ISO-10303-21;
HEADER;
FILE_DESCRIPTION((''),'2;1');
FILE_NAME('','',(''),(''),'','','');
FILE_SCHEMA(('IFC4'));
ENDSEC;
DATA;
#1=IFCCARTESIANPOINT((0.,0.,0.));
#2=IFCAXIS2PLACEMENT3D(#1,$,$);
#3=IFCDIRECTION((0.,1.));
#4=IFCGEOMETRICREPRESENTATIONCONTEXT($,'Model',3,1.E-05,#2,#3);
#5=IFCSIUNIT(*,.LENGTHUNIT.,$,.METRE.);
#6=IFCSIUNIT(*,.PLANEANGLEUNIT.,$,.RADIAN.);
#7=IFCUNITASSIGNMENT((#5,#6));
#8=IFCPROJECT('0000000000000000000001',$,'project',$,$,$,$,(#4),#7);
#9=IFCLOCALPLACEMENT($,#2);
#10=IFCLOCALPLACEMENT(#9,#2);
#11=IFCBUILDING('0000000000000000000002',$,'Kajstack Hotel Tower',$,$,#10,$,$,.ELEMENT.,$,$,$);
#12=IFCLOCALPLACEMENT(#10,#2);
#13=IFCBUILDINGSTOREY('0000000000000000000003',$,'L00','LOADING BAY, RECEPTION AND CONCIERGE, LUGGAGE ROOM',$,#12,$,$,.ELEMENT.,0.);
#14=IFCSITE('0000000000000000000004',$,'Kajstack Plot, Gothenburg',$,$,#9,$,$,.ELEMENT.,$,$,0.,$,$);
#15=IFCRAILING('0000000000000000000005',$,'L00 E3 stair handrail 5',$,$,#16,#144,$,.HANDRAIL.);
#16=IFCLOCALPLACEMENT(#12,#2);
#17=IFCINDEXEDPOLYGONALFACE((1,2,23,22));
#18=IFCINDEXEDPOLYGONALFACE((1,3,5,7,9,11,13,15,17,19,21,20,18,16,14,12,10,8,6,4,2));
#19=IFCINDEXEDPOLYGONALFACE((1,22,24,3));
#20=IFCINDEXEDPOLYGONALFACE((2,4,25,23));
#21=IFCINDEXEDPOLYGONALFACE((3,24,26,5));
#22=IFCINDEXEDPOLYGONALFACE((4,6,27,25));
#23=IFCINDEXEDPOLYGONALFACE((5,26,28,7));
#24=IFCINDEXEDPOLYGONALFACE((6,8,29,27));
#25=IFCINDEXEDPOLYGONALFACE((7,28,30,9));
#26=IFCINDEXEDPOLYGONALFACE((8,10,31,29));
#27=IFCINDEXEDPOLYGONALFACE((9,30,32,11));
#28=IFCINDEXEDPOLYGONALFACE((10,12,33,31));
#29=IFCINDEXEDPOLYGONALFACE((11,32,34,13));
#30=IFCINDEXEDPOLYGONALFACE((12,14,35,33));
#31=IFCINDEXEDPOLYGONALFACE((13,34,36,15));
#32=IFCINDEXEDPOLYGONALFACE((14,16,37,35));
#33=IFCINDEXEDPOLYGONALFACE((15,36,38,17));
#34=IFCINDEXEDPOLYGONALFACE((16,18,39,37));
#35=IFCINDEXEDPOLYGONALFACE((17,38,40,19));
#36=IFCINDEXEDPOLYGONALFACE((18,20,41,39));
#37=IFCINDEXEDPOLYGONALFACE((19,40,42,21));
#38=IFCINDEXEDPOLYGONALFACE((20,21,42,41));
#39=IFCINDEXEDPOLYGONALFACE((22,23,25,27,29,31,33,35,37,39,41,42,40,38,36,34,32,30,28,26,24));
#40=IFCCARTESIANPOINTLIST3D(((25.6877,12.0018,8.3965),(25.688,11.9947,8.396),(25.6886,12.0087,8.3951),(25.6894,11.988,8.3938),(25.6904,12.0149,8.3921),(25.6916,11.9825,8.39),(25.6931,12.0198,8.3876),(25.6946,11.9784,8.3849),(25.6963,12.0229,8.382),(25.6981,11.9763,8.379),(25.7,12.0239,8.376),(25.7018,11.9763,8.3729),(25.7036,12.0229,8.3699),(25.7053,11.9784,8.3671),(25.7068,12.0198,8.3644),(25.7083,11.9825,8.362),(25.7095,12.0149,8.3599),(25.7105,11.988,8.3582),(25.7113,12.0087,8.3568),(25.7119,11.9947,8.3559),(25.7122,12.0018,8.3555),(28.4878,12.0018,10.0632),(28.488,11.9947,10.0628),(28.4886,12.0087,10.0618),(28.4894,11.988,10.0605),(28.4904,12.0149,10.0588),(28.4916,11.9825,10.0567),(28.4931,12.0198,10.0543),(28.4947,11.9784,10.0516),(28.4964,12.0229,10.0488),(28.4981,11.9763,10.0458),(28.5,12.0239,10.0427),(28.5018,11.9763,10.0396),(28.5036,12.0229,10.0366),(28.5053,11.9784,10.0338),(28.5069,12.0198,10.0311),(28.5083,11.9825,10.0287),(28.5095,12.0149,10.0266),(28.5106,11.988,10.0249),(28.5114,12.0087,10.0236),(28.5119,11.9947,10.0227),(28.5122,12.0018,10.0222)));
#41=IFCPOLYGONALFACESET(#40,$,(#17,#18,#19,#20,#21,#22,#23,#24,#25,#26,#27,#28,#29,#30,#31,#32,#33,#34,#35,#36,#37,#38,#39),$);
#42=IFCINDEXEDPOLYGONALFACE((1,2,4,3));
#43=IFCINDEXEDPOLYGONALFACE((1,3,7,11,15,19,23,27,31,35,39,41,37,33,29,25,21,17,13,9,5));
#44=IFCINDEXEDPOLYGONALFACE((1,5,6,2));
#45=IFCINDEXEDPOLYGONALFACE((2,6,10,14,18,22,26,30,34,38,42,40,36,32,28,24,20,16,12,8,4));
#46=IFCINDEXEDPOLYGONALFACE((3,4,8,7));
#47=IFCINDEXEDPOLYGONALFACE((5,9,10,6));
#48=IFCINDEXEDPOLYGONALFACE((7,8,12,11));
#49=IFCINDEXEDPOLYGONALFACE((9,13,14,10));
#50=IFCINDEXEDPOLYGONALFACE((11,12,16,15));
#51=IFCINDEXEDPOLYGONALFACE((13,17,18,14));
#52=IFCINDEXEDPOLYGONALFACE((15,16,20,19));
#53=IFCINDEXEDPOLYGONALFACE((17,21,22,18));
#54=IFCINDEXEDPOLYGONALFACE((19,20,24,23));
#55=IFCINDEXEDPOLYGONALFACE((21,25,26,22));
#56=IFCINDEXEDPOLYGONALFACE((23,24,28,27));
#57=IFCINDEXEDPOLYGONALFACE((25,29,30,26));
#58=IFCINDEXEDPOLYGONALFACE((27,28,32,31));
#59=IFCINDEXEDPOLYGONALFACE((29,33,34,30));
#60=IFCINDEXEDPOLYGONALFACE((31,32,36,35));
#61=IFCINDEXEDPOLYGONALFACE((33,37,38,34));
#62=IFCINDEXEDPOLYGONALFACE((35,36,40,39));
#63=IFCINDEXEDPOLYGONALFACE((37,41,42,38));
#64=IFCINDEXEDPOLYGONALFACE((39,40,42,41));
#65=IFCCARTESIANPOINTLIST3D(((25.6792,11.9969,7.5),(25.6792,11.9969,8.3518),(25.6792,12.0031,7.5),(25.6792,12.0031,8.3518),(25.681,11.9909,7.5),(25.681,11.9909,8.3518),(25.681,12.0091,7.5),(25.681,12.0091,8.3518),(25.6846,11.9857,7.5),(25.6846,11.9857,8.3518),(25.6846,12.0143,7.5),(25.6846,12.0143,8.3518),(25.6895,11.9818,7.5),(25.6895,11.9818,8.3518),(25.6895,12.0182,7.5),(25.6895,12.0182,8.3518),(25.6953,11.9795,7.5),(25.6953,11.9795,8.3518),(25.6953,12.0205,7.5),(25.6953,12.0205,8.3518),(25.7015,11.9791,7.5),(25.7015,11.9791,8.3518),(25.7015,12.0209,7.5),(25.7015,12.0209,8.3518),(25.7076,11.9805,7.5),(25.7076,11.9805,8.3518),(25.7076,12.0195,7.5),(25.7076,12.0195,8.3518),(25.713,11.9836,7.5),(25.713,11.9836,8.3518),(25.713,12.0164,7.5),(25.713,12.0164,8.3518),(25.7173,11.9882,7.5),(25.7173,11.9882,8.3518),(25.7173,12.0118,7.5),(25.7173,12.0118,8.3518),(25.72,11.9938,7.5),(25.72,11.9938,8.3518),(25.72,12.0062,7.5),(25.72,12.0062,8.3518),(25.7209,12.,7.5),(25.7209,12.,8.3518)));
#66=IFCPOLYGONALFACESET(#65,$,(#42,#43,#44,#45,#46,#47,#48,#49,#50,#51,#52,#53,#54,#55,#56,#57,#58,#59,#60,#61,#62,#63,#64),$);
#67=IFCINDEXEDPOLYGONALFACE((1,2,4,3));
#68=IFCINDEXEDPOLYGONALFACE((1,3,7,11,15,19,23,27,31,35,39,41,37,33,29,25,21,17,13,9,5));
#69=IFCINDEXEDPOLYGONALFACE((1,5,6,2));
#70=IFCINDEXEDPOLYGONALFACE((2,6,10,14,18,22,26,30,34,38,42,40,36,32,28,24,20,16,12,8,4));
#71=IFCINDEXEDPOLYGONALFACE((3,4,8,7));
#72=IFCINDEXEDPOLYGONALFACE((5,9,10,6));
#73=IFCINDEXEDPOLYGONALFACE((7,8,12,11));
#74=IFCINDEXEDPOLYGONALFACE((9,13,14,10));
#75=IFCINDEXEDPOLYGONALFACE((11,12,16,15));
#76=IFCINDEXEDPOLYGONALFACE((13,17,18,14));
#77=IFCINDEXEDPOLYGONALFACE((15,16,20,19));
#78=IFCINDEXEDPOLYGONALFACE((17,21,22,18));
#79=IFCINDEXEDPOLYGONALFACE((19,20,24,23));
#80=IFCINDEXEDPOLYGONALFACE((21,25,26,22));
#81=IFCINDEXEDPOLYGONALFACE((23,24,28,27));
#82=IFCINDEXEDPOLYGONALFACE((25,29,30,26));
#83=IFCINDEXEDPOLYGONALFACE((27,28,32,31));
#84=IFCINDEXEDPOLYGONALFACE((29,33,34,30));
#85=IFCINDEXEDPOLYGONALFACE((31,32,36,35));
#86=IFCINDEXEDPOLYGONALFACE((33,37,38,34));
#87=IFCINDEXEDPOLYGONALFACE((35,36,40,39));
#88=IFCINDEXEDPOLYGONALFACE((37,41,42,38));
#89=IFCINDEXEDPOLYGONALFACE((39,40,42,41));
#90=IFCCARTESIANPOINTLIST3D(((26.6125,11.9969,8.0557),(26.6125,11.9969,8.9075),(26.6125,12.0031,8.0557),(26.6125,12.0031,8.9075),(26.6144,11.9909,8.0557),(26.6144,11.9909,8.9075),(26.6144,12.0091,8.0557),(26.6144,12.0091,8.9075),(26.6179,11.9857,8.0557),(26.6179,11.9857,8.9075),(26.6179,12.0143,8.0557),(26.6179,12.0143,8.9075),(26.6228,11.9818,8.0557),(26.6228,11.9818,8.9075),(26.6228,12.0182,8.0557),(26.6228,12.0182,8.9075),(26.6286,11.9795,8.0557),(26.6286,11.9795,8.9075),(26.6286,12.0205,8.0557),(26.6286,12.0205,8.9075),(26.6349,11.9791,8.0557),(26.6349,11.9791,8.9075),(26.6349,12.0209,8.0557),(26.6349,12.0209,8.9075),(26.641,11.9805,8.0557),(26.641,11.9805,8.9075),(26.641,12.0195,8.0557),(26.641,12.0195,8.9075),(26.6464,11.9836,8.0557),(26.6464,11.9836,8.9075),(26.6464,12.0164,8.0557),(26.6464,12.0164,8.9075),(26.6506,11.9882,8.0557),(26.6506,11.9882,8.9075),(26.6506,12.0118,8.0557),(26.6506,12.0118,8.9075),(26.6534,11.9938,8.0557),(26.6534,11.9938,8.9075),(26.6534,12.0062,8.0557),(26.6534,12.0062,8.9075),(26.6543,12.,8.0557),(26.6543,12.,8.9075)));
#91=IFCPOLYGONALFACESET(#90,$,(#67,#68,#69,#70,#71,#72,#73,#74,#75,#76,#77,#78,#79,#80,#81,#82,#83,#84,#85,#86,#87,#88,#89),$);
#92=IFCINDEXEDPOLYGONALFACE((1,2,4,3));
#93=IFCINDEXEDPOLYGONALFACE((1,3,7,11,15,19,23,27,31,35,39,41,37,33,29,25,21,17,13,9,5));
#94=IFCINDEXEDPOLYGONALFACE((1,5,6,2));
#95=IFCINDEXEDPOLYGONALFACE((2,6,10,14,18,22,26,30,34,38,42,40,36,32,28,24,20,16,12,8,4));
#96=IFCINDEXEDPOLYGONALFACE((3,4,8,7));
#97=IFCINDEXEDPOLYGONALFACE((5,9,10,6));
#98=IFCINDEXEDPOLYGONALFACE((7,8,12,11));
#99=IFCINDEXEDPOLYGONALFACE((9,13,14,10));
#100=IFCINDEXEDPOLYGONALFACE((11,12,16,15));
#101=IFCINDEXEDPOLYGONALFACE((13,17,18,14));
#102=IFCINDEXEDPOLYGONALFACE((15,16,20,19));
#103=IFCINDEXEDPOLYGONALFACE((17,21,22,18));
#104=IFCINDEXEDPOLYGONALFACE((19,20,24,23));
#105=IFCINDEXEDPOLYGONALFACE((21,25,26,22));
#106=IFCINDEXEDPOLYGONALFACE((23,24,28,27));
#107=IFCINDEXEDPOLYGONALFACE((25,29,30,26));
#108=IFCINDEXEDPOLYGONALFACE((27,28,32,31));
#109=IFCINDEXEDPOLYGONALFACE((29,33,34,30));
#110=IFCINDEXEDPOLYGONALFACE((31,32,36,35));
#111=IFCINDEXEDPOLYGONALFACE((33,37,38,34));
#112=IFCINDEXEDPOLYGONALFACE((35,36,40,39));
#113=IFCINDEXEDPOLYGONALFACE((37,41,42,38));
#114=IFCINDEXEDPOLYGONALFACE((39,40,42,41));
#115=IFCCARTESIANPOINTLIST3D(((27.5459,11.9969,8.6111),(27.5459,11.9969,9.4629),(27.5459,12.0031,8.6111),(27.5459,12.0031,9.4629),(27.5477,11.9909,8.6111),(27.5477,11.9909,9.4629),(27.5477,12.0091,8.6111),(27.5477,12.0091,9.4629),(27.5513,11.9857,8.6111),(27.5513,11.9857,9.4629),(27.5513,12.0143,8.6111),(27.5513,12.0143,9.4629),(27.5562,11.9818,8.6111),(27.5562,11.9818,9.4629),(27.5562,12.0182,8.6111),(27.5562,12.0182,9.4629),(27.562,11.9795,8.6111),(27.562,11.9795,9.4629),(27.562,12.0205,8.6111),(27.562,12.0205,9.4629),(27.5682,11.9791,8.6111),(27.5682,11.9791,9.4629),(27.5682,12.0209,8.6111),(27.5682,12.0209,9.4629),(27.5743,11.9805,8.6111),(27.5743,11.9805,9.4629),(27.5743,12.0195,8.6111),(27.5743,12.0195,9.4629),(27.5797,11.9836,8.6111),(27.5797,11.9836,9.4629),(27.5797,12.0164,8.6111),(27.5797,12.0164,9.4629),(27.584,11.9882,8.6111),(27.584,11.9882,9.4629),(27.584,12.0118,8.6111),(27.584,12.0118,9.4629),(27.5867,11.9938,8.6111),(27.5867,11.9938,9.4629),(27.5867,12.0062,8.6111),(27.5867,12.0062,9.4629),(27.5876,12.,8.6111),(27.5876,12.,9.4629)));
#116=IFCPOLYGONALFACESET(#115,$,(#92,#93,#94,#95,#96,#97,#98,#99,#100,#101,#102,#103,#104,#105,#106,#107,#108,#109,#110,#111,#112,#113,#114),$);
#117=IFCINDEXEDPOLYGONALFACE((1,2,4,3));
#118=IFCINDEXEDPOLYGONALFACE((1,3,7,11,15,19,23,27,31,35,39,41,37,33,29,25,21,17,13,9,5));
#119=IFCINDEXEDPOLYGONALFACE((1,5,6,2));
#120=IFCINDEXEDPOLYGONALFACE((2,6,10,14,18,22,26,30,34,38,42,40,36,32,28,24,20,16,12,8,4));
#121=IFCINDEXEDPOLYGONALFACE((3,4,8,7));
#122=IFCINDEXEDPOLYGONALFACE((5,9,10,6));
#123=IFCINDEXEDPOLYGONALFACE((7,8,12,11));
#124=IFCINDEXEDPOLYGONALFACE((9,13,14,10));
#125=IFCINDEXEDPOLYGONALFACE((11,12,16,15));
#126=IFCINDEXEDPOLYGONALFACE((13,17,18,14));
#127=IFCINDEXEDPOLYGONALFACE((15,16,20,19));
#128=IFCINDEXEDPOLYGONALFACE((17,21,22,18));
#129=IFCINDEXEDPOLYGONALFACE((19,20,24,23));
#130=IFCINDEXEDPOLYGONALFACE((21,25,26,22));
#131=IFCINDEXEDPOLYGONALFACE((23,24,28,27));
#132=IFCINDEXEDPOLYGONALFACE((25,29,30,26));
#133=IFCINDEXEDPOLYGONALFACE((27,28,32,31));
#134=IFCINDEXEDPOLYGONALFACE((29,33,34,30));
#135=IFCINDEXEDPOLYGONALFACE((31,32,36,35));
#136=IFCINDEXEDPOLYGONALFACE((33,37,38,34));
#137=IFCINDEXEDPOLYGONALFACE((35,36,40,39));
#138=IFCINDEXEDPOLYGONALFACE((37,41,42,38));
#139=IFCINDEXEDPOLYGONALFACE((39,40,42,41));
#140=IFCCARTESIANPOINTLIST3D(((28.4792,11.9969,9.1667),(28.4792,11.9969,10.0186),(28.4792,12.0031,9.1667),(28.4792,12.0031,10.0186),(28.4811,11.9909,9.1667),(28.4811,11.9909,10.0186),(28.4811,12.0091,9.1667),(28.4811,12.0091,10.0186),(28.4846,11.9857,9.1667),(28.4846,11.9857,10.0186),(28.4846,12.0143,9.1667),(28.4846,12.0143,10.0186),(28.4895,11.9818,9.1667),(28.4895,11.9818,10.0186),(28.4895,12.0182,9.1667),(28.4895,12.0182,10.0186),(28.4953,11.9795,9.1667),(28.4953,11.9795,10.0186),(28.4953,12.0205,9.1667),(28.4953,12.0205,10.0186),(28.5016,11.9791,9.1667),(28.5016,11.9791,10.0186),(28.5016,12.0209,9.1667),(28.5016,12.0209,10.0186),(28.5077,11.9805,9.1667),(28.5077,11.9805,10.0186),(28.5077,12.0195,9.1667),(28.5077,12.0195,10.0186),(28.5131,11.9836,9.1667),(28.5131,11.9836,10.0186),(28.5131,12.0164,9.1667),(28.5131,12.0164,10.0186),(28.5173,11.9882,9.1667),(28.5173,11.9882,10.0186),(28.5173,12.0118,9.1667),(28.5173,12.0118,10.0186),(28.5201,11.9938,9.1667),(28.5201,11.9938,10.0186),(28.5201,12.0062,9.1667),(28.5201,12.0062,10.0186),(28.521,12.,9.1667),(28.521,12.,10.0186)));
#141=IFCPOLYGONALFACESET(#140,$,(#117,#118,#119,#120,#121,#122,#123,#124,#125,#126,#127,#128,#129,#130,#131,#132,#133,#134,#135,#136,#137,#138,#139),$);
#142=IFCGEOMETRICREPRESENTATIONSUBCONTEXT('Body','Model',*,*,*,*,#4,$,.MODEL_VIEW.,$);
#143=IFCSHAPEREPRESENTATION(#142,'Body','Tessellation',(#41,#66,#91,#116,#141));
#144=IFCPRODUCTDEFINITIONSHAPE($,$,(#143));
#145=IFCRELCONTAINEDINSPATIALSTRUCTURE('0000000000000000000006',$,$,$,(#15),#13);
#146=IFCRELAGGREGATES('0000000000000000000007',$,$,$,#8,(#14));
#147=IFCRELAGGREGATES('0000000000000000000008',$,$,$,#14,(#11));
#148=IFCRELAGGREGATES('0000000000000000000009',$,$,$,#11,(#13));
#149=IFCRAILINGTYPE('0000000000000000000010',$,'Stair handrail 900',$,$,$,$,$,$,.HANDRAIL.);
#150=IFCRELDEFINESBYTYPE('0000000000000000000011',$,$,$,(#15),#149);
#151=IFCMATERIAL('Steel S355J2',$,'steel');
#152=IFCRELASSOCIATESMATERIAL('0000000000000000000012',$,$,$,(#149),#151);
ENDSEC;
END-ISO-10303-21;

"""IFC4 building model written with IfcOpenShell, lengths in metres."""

from ifc_helpers import new_model, si_unit, direction, frame, origin, origin_2d, place, context, subcontext, project, spatial, circle, extrude, material, type_object, element, save


model = new_model("IFC4")

# Units and contexts
model_context = context("Model", 3, precision=1e-05, world=origin(), true_north=direction((0.0, 1.0)))
body_context = subcontext(model_context, "Body", "Model", "MODEL_VIEW")
ifc_project = project(units=[si_unit("LENGTHUNIT", "METRE"), si_unit("PLANEANGLEUNIT", "RADIAN")], contexts=[model_context])

# Site, building, storey
site_placement = place(None, origin())
site = spatial("IfcSite", under=ifc_project, at=site_placement, Name="Kajstack Plot, Gothenburg", CompositionType="ELEMENT", RefElevation=0.0)
building_placement = place(site_placement, origin())
building = spatial("IfcBuilding", under=site, at=building_placement, Name="Kajstack Hotel Tower", CompositionType="ELEMENT")
storey_placement = place(building_placement, origin())
storey = spatial("IfcBuildingStorey", under=building, at=storey_placement, Name="L00", Description="LOADING BAY, RECEPTION AND CONCIERGE, LUGGAGE ROOM", CompositionType="ELEMENT", Elevation=0.0)

# Railing
ifc_material_1 = material(Name="Steel S355J2", Category="steel")
railing_type_1 = type_object("IfcRailingType", Name="Stair handrail 900", PredefinedType="HANDRAIL", material=ifc_material_1)
railing_1_placement = place(storey_placement, frame((25.7, 12.0, 7.5)))
element("IfcRailing", 1, at=railing_1_placement, inside=storey, type_object=railing_type_1, Name="L00 E3 stair handrail 5", PredefinedType="HANDRAIL", context=body_context, shape_type="SweptSolid", body=[
    extrude(circle(Radius=0.0239, at=origin_2d()), frame((0.0, 0.0, 0.876), z_axis=(0.859286, 0.0, 0.511496), x_axis=(0.0, 1.0, 0.0)), (0.0, 0.0, 1.0), 3.2585),
    extrude(circle(Radius=0.021, at=origin_2d()), origin(), (0.0, 0.0, 1.0), 0.8518),
    extrude(circle(Radius=0.021, at=origin_2d()), frame((0.9333, 0.0, 0.5557)), (0.0, 0.0, 1.0), 0.8518),
    extrude(circle(Radius=0.021, at=origin_2d()), frame((1.8667, 0.0, 1.1111)), (0.0, 0.0, 1.0), 0.8518),
    extrude(circle(Radius=0.021, at=origin_2d()), frame((2.8, 0.0, 1.6667)), (0.0, 0.0, 1.0), 0.8518),
])

save(model, "model.ifc")
